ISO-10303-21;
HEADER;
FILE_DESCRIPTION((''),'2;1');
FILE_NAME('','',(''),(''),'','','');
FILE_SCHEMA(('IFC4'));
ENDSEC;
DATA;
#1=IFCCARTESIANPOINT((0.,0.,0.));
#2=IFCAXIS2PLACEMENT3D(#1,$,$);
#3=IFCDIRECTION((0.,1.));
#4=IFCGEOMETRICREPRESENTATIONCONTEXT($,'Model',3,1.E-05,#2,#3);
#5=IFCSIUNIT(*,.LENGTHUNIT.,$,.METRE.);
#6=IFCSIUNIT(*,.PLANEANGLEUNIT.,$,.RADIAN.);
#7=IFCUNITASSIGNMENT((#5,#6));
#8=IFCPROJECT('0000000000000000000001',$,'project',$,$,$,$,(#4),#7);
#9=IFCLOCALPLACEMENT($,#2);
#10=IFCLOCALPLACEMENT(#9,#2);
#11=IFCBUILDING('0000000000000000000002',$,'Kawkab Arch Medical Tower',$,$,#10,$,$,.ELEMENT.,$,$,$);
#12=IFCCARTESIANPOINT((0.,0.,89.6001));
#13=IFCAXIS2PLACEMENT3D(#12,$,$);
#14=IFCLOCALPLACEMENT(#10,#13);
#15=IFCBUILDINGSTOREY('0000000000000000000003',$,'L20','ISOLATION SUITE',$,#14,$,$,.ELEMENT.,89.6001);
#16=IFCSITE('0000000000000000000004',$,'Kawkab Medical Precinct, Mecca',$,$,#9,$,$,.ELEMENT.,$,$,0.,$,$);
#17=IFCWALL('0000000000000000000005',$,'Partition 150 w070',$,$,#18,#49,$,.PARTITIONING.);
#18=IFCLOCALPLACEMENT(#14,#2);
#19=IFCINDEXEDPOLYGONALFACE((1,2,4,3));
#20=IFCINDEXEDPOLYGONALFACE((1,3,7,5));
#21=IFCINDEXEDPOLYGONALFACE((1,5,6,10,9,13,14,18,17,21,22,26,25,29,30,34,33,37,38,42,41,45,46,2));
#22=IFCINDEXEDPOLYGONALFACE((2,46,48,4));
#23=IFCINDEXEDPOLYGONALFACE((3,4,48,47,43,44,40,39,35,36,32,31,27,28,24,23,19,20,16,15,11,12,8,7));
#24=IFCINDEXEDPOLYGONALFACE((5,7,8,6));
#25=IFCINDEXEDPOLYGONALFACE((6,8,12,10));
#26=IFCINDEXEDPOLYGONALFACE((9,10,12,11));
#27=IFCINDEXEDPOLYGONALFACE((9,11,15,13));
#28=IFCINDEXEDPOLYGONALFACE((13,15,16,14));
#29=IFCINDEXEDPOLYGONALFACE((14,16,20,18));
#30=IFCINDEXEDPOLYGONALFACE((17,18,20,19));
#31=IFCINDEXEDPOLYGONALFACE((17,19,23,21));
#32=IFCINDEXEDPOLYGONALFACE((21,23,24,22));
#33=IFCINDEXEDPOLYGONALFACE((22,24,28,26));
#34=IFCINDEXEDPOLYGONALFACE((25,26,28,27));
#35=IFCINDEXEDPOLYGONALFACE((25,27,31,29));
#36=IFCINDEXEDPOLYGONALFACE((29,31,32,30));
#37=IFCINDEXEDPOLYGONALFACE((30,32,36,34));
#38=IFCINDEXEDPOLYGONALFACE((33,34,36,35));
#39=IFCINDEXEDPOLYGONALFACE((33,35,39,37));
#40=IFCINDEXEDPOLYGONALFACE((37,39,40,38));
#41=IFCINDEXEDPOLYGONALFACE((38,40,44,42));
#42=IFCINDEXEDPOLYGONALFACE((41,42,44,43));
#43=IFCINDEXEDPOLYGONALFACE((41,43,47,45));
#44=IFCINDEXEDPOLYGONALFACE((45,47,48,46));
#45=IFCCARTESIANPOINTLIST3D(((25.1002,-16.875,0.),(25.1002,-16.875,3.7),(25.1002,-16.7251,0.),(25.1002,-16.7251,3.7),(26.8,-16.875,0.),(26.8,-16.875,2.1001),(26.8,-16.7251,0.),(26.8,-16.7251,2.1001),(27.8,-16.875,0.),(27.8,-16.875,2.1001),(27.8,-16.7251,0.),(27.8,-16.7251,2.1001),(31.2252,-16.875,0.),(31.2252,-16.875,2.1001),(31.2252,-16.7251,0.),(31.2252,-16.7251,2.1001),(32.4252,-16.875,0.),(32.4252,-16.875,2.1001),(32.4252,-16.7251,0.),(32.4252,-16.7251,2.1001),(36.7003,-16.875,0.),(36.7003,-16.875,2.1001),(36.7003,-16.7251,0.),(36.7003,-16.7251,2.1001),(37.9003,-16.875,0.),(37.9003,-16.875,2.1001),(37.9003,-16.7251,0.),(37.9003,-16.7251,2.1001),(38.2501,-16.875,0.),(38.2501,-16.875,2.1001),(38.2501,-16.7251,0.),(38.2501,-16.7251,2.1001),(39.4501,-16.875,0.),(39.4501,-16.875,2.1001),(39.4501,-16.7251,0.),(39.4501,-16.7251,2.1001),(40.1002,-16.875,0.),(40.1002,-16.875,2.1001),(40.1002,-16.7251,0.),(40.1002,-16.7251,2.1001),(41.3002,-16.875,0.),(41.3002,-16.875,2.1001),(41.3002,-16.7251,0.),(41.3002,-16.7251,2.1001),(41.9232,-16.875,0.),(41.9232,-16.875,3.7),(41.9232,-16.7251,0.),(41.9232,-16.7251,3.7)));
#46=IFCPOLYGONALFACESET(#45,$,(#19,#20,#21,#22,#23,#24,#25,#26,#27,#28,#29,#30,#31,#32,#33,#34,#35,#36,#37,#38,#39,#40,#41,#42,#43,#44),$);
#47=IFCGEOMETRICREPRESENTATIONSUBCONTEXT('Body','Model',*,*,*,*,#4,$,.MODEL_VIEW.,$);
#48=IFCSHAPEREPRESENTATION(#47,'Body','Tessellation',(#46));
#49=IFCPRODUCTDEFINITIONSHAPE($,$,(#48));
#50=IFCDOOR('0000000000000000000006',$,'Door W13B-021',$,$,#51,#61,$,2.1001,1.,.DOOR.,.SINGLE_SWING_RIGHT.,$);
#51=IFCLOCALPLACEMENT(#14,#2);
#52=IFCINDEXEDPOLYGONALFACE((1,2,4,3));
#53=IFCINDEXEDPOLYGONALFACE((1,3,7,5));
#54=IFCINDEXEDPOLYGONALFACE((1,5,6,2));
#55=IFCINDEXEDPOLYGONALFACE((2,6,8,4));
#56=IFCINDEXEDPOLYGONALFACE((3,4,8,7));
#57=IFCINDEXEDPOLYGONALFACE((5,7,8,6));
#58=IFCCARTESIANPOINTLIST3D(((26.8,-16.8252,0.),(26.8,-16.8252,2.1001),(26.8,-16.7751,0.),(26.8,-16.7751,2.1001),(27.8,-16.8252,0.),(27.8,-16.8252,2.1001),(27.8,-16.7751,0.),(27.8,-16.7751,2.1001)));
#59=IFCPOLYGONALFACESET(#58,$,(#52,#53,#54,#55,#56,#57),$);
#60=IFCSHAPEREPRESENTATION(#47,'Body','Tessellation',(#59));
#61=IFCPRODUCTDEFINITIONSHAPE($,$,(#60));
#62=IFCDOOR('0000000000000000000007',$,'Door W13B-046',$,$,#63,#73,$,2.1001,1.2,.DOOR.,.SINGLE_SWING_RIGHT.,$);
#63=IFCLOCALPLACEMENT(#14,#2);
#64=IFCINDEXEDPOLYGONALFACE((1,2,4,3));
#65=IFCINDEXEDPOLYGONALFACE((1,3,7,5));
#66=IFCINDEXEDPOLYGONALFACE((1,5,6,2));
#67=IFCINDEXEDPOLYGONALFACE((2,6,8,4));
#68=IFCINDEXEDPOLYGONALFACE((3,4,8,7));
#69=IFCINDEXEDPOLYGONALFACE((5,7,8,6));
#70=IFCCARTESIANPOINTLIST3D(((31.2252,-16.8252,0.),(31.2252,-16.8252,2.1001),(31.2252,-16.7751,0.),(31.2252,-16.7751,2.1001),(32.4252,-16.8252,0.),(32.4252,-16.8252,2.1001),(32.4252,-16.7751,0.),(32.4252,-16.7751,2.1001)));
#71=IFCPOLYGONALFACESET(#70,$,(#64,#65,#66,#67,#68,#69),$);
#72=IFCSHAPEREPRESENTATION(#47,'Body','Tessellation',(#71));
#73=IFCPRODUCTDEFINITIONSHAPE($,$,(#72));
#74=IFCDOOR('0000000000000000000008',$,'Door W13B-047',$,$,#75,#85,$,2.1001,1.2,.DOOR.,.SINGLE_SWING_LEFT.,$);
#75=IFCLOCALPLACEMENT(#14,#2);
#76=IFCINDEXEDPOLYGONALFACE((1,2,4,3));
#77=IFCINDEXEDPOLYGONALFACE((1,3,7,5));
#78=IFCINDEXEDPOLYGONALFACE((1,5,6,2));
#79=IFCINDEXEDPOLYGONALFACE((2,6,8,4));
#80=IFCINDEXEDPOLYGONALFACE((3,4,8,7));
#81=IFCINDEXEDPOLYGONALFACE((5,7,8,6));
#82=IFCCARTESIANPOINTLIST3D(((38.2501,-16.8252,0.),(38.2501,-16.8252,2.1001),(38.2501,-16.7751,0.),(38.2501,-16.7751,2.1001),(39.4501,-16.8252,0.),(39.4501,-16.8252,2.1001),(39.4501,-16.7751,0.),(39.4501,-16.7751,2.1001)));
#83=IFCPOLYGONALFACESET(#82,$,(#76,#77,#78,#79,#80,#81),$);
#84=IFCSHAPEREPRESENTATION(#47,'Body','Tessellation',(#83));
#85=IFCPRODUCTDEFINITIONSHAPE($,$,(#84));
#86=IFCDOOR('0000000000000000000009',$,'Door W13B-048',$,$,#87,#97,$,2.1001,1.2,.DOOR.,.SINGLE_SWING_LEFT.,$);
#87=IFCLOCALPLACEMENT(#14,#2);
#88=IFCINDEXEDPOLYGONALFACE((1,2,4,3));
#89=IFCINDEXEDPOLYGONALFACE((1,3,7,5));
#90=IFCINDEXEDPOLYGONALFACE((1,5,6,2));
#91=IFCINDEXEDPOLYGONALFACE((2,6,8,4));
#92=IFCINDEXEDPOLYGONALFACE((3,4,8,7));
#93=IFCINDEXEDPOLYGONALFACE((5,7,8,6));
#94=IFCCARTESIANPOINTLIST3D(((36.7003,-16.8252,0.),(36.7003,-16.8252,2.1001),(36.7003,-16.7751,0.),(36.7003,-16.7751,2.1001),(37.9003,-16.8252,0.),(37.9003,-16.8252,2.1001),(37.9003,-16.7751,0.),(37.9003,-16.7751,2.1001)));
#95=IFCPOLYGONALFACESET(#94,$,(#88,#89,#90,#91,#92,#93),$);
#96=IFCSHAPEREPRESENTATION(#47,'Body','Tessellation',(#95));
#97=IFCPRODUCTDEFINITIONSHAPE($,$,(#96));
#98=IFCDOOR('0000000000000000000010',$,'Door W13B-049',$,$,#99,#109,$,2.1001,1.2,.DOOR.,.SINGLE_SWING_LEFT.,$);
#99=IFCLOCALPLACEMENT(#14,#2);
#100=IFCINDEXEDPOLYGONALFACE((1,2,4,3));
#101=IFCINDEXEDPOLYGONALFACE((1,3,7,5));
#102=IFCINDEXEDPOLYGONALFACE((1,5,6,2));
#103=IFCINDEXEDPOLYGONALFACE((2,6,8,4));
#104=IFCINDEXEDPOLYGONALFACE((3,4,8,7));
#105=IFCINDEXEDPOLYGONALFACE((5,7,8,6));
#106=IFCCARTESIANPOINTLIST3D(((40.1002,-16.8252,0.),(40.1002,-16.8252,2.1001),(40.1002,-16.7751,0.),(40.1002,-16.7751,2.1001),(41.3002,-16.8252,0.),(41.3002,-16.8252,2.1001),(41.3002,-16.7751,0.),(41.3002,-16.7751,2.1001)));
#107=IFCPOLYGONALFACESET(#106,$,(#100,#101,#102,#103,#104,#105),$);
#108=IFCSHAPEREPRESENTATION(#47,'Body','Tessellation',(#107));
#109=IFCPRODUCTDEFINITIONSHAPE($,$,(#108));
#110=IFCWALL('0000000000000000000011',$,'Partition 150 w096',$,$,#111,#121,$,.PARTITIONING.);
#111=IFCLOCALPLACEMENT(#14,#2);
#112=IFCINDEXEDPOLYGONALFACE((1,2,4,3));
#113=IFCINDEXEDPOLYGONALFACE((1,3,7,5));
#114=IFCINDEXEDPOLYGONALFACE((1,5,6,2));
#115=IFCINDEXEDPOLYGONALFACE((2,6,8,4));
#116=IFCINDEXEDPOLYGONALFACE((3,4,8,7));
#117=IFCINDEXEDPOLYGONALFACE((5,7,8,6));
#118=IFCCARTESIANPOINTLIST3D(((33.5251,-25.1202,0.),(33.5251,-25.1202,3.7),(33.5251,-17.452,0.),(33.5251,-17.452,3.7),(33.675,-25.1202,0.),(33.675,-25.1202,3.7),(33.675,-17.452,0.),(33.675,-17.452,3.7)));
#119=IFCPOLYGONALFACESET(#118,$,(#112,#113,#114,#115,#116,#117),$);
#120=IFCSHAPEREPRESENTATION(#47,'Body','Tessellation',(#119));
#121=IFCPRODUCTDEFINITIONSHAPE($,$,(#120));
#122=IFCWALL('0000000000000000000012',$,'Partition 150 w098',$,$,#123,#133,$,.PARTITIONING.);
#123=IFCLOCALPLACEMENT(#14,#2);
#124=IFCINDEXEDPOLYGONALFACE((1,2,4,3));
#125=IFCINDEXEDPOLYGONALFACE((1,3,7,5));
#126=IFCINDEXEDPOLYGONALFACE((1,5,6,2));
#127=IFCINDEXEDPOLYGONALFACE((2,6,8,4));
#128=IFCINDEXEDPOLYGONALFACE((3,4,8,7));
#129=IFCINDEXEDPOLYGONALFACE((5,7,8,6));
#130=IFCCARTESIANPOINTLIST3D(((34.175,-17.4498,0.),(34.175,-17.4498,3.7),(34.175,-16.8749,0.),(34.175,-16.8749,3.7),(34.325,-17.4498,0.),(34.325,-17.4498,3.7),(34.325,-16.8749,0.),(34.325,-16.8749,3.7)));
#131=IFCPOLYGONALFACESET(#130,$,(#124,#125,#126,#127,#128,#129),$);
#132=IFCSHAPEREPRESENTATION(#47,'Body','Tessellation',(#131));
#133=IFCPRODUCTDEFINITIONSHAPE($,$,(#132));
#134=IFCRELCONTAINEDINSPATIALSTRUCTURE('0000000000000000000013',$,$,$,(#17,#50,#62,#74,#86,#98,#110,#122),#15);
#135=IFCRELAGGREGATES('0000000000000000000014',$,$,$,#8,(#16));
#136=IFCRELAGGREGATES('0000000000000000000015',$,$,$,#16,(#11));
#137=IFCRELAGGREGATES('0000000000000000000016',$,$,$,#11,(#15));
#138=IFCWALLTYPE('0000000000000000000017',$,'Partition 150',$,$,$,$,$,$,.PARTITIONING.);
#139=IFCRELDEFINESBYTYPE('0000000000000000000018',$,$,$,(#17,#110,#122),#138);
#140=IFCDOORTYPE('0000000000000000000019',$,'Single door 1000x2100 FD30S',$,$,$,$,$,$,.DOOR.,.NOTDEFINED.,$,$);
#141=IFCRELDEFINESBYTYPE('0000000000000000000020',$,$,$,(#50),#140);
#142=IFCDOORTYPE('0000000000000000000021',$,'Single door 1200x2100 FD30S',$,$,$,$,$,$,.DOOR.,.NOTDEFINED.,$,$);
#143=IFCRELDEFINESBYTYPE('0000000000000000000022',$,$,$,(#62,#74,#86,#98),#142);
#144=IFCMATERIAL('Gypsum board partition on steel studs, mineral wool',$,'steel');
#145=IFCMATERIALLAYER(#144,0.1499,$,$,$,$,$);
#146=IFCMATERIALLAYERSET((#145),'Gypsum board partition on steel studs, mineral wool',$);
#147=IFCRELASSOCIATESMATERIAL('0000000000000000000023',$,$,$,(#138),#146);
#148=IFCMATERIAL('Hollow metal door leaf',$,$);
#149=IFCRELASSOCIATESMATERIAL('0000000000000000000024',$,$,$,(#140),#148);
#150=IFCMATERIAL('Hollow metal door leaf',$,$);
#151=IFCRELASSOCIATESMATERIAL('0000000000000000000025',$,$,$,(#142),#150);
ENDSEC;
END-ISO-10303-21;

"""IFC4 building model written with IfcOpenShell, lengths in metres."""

from ifc_helpers import new_model, si_unit, direction, frame, frame_2d, origin, place, context, subcontext, project, spatial, rectangle, extrude, material, layer, layer_set, type_object, element, fill, save


model = new_model("IFC4")

# Units and contexts
model_context = context("Model", 3, precision=1e-05, world=origin(), true_north=direction((0.0, 1.0)))
body_context = subcontext(model_context, "Body", "Model", "MODEL_VIEW")
ifc_project = project(units=[si_unit("LENGTHUNIT", "METRE"), si_unit("PLANEANGLEUNIT", "RADIAN")], contexts=[model_context])

# Site, building, storey
site_placement = place(None, origin())
site = spatial("IfcSite", under=ifc_project, at=site_placement, Name="Kawkab Medical Precinct, Mecca", CompositionType="ELEMENT", RefElevation=0.0)
building_placement = place(site_placement, origin())
building = spatial("IfcBuilding", under=site, at=building_placement, Name="Kawkab Arch Medical Tower", CompositionType="ELEMENT")
storey_placement = place(building_placement, frame((0.0, 0.0, 89.6001)))
storey = spatial("IfcBuildingStorey", under=building, at=storey_placement, Name="L20", Description="ISOLATION SUITE", CompositionType="ELEMENT", Elevation=89.6001)

# Shared definitions
ifc_material_1 = material(Name="Gypsum board partition on steel studs, mineral wool", Category="steel")
ifc_layer_1 = layer(ifc_material_1, 0.1499)
ifc_layer_set_1 = layer_set([ifc_layer_1], Name="Gypsum board partition on steel studs, mineral wool")
wall_type_1 = type_object("IfcWallType", Name="Partition 150", PredefinedType="PARTITIONING", material=ifc_layer_set_1)

# Wall, openings, doors
wall_1_placement = place(storey_placement, frame((25.1001, -16.8, 0.0), z_axis=(0.0, 0.0, 1.0), x_axis=(1.0, 0.0, 0.0)))
wall_1 = element("IfcWall", 1, at=wall_1_placement, inside=storey, type_object=wall_type_1, Name="Partition 150 w070", PredefinedType="PARTITIONING", context=body_context, shape_type="SweptSolid", body=[
    extrude(rectangle(XDim=16.823, YDim=0.1499, at=frame_2d((8.4116, 0.0))), origin(), (0.0, 0.0, 1.0), 3.7),
])
opening_1_placement = place(wall_1_placement, frame((1.7, 0.0, 0.0)))
opening_1 = element("IfcOpeningElement", 2, at=opening_1_placement, cuts=wall_1, PredefinedType="OPENING", context=body_context, shape_type="SweptSolid", body=[
    extrude(rectangle(XDim=1.0, YDim=2.1001, at=frame_2d((0.5, 1.05))), frame((0.0, 0.085, 0.0), z_axis=(0.0, -1.0, 0.0), x_axis=(1.0, 0.0, 0.0)), (0.0, 0.0, 1.0), 0.1699),
])
opening_2_placement = place(wall_1_placement, frame((6.125, 0.0, 0.0)))
opening_2 = element("IfcOpeningElement", 3, at=opening_2_placement, cuts=wall_1, PredefinedType="OPENING", context=body_context, shape_type="SweptSolid", body=[
    extrude(rectangle(XDim=1.2, YDim=2.1001, at=frame_2d((0.6001, 1.05))), frame((0.0, 0.085, 0.0), z_axis=(0.0, -1.0, 0.0), x_axis=(1.0, 0.0, 0.0)), (0.0, 0.0, 1.0), 0.1699),
])
opening_3_placement = place(wall_1_placement, frame((13.1499, 0.0, 0.0)))
opening_3 = element("IfcOpeningElement", 4, at=opening_3_placement, cuts=wall_1, PredefinedType="OPENING", context=body_context, shape_type="SweptSolid", body=[
    extrude(rectangle(XDim=1.2, YDim=2.1001, at=frame_2d((0.6001, 1.05))), frame((0.0, 0.085, 0.0), z_axis=(0.0, -1.0, 0.0), x_axis=(1.0, 0.0, 0.0)), (0.0, 0.0, 1.0), 0.1699),
])
opening_4_placement = place(wall_1_placement, frame((11.6001, 0.0, 0.0)))
opening_4 = element("IfcOpeningElement", 5, at=opening_4_placement, cuts=wall_1, PredefinedType="OPENING", context=body_context, shape_type="SweptSolid", body=[
    extrude(rectangle(XDim=1.2, YDim=2.1001, at=frame_2d((0.6001, 1.05))), frame((0.0, 0.085, 0.0), z_axis=(0.0, -1.0, 0.0), x_axis=(1.0, 0.0, 0.0)), (0.0, 0.0, 1.0), 0.1699),
])
opening_5_placement = place(wall_1_placement, frame((15.0, 0.0, 0.0)))
opening_5 = element("IfcOpeningElement", 6, at=opening_5_placement, cuts=wall_1, PredefinedType="OPENING", context=body_context, shape_type="SweptSolid", body=[
    extrude(rectangle(XDim=1.2, YDim=2.1001, at=frame_2d((0.6001, 1.05))), frame((0.0, 0.085, 0.0), z_axis=(0.0, -1.0, 0.0), x_axis=(1.0, 0.0, 0.0)), (0.0, 0.0, 1.0), 0.1699),
])
ifc_material_2 = material(Name="Hollow metal door leaf")
door_type_1 = type_object("IfcDoorType", Name="Single door 1000x2100 FD30S", OperationType="NOTDEFINED", PredefinedType="DOOR", material=ifc_material_2)
door_1_placement = place(opening_1_placement, origin())
door_1 = element("IfcDoor", 7, at=door_1_placement, inside=storey, type_object=door_type_1, Name="Door W13B-021", OperationType="SINGLE_SWING_RIGHT", OverallHeight=2.1001, OverallWidth=1.0, PredefinedType="DOOR", context=body_context, shape_type="SweptSolid", body=[
    extrude(rectangle(XDim=1.0, YDim=2.1001, at=frame_2d((0.5, 1.05))), frame((0.0, 0.0249, 0.0), z_axis=(0.0, -1.0, 0.0), x_axis=(1.0, 0.0, 0.0)), (0.0, 0.0, 1.0), 0.05),
])
fill(opening_1, door_1)
ifc_material_3 = material(Name="Hollow metal door leaf")
door_type_2 = type_object("IfcDoorType", Name="Single door 1200x2100 FD30S", OperationType="NOTDEFINED", PredefinedType="DOOR", material=ifc_material_3)
door_2_placement = place(opening_2_placement, origin())
door_2 = element("IfcDoor", 8, at=door_2_placement, inside=storey, type_object=door_type_2, Name="Door W13B-046", OperationType="SINGLE_SWING_RIGHT", OverallHeight=2.1001, OverallWidth=1.2, PredefinedType="DOOR", context=body_context, shape_type="SweptSolid", body=[
    extrude(rectangle(XDim=1.2, YDim=2.1001, at=frame_2d((0.6001, 1.05))), frame((0.0, 0.0249, 0.0), z_axis=(0.0, -1.0, 0.0), x_axis=(1.0, 0.0, 0.0)), (0.0, 0.0, 1.0), 0.05),
])
fill(opening_2, door_2)
door_3_placement = place(opening_3_placement, origin())
door_3 = element("IfcDoor", 9, at=door_3_placement, inside=storey, type_object=door_type_2, Name="Door W13B-047", OperationType="SINGLE_SWING_LEFT", OverallHeight=2.1001, OverallWidth=1.2, PredefinedType="DOOR", context=body_context, shape_type="SweptSolid", body=[
    extrude(rectangle(XDim=1.2, YDim=2.1001, at=frame_2d((0.6001, 1.05))), frame((0.0, 0.0249, 0.0), z_axis=(0.0, -1.0, 0.0), x_axis=(1.0, 0.0, 0.0)), (0.0, 0.0, 1.0), 0.05),
])
fill(opening_3, door_3)
door_4_placement = place(opening_4_placement, origin())
door_4 = element("IfcDoor", 10, at=door_4_placement, inside=storey, type_object=door_type_2, Name="Door W13B-048", OperationType="SINGLE_SWING_LEFT", OverallHeight=2.1001, OverallWidth=1.2, PredefinedType="DOOR", context=body_context, shape_type="SweptSolid", body=[
    extrude(rectangle(XDim=1.2, YDim=2.1001, at=frame_2d((0.6001, 1.05))), frame((0.0, 0.0249, 0.0), z_axis=(0.0, -1.0, 0.0), x_axis=(1.0, 0.0, 0.0)), (0.0, 0.0, 1.0), 0.05),
])
fill(opening_4, door_4)
door_5_placement = place(opening_5_placement, origin())
door_5 = element("IfcDoor", 11, at=door_5_placement, inside=storey, type_object=door_type_2, Name="Door W13B-049", OperationType="SINGLE_SWING_LEFT", OverallHeight=2.1001, OverallWidth=1.2, PredefinedType="DOOR", context=body_context, shape_type="SweptSolid", body=[
    extrude(rectangle(XDim=1.2, YDim=2.1001, at=frame_2d((0.6001, 1.05))), frame((0.0, 0.0249, 0.0), z_axis=(0.0, -1.0, 0.0), x_axis=(1.0, 0.0, 0.0)), (0.0, 0.0, 1.0), 0.05),
])
fill(opening_5, door_5)

# Walls
wall_2_placement = place(storey_placement, frame((33.6001, -25.1201, 0.0), z_axis=(0.0, 0.0, 1.0), x_axis=(0.0, 1.0, 0.0)))
element("IfcWall", 12, at=wall_2_placement, inside=storey, type_object=wall_type_1, Name="Partition 150 w096", PredefinedType="PARTITIONING", context=body_context, shape_type="SweptSolid", body=[
    extrude(rectangle(XDim=7.6682, YDim=0.1499, at=frame_2d((3.834, 0.0))), origin(), (0.0, 0.0, 1.0), 3.7),
])
wall_3_placement = place(storey_placement, frame((34.25, -17.45, 0.0), z_axis=(0.0, 0.0, 1.0), x_axis=(0.0, 1.0, 0.0)))
element("IfcWall", 13, at=wall_3_placement, inside=storey, type_object=wall_type_1, Name="Partition 150 w098", PredefinedType="PARTITIONING", context=body_context, shape_type="SweptSolid", body=[
    extrude(rectangle(XDim=0.575, YDim=0.1499, at=frame_2d((0.2876, 0.0))), origin(), (0.0, 0.0, 1.0), 3.7),
])

save(model, "model.ifc")
